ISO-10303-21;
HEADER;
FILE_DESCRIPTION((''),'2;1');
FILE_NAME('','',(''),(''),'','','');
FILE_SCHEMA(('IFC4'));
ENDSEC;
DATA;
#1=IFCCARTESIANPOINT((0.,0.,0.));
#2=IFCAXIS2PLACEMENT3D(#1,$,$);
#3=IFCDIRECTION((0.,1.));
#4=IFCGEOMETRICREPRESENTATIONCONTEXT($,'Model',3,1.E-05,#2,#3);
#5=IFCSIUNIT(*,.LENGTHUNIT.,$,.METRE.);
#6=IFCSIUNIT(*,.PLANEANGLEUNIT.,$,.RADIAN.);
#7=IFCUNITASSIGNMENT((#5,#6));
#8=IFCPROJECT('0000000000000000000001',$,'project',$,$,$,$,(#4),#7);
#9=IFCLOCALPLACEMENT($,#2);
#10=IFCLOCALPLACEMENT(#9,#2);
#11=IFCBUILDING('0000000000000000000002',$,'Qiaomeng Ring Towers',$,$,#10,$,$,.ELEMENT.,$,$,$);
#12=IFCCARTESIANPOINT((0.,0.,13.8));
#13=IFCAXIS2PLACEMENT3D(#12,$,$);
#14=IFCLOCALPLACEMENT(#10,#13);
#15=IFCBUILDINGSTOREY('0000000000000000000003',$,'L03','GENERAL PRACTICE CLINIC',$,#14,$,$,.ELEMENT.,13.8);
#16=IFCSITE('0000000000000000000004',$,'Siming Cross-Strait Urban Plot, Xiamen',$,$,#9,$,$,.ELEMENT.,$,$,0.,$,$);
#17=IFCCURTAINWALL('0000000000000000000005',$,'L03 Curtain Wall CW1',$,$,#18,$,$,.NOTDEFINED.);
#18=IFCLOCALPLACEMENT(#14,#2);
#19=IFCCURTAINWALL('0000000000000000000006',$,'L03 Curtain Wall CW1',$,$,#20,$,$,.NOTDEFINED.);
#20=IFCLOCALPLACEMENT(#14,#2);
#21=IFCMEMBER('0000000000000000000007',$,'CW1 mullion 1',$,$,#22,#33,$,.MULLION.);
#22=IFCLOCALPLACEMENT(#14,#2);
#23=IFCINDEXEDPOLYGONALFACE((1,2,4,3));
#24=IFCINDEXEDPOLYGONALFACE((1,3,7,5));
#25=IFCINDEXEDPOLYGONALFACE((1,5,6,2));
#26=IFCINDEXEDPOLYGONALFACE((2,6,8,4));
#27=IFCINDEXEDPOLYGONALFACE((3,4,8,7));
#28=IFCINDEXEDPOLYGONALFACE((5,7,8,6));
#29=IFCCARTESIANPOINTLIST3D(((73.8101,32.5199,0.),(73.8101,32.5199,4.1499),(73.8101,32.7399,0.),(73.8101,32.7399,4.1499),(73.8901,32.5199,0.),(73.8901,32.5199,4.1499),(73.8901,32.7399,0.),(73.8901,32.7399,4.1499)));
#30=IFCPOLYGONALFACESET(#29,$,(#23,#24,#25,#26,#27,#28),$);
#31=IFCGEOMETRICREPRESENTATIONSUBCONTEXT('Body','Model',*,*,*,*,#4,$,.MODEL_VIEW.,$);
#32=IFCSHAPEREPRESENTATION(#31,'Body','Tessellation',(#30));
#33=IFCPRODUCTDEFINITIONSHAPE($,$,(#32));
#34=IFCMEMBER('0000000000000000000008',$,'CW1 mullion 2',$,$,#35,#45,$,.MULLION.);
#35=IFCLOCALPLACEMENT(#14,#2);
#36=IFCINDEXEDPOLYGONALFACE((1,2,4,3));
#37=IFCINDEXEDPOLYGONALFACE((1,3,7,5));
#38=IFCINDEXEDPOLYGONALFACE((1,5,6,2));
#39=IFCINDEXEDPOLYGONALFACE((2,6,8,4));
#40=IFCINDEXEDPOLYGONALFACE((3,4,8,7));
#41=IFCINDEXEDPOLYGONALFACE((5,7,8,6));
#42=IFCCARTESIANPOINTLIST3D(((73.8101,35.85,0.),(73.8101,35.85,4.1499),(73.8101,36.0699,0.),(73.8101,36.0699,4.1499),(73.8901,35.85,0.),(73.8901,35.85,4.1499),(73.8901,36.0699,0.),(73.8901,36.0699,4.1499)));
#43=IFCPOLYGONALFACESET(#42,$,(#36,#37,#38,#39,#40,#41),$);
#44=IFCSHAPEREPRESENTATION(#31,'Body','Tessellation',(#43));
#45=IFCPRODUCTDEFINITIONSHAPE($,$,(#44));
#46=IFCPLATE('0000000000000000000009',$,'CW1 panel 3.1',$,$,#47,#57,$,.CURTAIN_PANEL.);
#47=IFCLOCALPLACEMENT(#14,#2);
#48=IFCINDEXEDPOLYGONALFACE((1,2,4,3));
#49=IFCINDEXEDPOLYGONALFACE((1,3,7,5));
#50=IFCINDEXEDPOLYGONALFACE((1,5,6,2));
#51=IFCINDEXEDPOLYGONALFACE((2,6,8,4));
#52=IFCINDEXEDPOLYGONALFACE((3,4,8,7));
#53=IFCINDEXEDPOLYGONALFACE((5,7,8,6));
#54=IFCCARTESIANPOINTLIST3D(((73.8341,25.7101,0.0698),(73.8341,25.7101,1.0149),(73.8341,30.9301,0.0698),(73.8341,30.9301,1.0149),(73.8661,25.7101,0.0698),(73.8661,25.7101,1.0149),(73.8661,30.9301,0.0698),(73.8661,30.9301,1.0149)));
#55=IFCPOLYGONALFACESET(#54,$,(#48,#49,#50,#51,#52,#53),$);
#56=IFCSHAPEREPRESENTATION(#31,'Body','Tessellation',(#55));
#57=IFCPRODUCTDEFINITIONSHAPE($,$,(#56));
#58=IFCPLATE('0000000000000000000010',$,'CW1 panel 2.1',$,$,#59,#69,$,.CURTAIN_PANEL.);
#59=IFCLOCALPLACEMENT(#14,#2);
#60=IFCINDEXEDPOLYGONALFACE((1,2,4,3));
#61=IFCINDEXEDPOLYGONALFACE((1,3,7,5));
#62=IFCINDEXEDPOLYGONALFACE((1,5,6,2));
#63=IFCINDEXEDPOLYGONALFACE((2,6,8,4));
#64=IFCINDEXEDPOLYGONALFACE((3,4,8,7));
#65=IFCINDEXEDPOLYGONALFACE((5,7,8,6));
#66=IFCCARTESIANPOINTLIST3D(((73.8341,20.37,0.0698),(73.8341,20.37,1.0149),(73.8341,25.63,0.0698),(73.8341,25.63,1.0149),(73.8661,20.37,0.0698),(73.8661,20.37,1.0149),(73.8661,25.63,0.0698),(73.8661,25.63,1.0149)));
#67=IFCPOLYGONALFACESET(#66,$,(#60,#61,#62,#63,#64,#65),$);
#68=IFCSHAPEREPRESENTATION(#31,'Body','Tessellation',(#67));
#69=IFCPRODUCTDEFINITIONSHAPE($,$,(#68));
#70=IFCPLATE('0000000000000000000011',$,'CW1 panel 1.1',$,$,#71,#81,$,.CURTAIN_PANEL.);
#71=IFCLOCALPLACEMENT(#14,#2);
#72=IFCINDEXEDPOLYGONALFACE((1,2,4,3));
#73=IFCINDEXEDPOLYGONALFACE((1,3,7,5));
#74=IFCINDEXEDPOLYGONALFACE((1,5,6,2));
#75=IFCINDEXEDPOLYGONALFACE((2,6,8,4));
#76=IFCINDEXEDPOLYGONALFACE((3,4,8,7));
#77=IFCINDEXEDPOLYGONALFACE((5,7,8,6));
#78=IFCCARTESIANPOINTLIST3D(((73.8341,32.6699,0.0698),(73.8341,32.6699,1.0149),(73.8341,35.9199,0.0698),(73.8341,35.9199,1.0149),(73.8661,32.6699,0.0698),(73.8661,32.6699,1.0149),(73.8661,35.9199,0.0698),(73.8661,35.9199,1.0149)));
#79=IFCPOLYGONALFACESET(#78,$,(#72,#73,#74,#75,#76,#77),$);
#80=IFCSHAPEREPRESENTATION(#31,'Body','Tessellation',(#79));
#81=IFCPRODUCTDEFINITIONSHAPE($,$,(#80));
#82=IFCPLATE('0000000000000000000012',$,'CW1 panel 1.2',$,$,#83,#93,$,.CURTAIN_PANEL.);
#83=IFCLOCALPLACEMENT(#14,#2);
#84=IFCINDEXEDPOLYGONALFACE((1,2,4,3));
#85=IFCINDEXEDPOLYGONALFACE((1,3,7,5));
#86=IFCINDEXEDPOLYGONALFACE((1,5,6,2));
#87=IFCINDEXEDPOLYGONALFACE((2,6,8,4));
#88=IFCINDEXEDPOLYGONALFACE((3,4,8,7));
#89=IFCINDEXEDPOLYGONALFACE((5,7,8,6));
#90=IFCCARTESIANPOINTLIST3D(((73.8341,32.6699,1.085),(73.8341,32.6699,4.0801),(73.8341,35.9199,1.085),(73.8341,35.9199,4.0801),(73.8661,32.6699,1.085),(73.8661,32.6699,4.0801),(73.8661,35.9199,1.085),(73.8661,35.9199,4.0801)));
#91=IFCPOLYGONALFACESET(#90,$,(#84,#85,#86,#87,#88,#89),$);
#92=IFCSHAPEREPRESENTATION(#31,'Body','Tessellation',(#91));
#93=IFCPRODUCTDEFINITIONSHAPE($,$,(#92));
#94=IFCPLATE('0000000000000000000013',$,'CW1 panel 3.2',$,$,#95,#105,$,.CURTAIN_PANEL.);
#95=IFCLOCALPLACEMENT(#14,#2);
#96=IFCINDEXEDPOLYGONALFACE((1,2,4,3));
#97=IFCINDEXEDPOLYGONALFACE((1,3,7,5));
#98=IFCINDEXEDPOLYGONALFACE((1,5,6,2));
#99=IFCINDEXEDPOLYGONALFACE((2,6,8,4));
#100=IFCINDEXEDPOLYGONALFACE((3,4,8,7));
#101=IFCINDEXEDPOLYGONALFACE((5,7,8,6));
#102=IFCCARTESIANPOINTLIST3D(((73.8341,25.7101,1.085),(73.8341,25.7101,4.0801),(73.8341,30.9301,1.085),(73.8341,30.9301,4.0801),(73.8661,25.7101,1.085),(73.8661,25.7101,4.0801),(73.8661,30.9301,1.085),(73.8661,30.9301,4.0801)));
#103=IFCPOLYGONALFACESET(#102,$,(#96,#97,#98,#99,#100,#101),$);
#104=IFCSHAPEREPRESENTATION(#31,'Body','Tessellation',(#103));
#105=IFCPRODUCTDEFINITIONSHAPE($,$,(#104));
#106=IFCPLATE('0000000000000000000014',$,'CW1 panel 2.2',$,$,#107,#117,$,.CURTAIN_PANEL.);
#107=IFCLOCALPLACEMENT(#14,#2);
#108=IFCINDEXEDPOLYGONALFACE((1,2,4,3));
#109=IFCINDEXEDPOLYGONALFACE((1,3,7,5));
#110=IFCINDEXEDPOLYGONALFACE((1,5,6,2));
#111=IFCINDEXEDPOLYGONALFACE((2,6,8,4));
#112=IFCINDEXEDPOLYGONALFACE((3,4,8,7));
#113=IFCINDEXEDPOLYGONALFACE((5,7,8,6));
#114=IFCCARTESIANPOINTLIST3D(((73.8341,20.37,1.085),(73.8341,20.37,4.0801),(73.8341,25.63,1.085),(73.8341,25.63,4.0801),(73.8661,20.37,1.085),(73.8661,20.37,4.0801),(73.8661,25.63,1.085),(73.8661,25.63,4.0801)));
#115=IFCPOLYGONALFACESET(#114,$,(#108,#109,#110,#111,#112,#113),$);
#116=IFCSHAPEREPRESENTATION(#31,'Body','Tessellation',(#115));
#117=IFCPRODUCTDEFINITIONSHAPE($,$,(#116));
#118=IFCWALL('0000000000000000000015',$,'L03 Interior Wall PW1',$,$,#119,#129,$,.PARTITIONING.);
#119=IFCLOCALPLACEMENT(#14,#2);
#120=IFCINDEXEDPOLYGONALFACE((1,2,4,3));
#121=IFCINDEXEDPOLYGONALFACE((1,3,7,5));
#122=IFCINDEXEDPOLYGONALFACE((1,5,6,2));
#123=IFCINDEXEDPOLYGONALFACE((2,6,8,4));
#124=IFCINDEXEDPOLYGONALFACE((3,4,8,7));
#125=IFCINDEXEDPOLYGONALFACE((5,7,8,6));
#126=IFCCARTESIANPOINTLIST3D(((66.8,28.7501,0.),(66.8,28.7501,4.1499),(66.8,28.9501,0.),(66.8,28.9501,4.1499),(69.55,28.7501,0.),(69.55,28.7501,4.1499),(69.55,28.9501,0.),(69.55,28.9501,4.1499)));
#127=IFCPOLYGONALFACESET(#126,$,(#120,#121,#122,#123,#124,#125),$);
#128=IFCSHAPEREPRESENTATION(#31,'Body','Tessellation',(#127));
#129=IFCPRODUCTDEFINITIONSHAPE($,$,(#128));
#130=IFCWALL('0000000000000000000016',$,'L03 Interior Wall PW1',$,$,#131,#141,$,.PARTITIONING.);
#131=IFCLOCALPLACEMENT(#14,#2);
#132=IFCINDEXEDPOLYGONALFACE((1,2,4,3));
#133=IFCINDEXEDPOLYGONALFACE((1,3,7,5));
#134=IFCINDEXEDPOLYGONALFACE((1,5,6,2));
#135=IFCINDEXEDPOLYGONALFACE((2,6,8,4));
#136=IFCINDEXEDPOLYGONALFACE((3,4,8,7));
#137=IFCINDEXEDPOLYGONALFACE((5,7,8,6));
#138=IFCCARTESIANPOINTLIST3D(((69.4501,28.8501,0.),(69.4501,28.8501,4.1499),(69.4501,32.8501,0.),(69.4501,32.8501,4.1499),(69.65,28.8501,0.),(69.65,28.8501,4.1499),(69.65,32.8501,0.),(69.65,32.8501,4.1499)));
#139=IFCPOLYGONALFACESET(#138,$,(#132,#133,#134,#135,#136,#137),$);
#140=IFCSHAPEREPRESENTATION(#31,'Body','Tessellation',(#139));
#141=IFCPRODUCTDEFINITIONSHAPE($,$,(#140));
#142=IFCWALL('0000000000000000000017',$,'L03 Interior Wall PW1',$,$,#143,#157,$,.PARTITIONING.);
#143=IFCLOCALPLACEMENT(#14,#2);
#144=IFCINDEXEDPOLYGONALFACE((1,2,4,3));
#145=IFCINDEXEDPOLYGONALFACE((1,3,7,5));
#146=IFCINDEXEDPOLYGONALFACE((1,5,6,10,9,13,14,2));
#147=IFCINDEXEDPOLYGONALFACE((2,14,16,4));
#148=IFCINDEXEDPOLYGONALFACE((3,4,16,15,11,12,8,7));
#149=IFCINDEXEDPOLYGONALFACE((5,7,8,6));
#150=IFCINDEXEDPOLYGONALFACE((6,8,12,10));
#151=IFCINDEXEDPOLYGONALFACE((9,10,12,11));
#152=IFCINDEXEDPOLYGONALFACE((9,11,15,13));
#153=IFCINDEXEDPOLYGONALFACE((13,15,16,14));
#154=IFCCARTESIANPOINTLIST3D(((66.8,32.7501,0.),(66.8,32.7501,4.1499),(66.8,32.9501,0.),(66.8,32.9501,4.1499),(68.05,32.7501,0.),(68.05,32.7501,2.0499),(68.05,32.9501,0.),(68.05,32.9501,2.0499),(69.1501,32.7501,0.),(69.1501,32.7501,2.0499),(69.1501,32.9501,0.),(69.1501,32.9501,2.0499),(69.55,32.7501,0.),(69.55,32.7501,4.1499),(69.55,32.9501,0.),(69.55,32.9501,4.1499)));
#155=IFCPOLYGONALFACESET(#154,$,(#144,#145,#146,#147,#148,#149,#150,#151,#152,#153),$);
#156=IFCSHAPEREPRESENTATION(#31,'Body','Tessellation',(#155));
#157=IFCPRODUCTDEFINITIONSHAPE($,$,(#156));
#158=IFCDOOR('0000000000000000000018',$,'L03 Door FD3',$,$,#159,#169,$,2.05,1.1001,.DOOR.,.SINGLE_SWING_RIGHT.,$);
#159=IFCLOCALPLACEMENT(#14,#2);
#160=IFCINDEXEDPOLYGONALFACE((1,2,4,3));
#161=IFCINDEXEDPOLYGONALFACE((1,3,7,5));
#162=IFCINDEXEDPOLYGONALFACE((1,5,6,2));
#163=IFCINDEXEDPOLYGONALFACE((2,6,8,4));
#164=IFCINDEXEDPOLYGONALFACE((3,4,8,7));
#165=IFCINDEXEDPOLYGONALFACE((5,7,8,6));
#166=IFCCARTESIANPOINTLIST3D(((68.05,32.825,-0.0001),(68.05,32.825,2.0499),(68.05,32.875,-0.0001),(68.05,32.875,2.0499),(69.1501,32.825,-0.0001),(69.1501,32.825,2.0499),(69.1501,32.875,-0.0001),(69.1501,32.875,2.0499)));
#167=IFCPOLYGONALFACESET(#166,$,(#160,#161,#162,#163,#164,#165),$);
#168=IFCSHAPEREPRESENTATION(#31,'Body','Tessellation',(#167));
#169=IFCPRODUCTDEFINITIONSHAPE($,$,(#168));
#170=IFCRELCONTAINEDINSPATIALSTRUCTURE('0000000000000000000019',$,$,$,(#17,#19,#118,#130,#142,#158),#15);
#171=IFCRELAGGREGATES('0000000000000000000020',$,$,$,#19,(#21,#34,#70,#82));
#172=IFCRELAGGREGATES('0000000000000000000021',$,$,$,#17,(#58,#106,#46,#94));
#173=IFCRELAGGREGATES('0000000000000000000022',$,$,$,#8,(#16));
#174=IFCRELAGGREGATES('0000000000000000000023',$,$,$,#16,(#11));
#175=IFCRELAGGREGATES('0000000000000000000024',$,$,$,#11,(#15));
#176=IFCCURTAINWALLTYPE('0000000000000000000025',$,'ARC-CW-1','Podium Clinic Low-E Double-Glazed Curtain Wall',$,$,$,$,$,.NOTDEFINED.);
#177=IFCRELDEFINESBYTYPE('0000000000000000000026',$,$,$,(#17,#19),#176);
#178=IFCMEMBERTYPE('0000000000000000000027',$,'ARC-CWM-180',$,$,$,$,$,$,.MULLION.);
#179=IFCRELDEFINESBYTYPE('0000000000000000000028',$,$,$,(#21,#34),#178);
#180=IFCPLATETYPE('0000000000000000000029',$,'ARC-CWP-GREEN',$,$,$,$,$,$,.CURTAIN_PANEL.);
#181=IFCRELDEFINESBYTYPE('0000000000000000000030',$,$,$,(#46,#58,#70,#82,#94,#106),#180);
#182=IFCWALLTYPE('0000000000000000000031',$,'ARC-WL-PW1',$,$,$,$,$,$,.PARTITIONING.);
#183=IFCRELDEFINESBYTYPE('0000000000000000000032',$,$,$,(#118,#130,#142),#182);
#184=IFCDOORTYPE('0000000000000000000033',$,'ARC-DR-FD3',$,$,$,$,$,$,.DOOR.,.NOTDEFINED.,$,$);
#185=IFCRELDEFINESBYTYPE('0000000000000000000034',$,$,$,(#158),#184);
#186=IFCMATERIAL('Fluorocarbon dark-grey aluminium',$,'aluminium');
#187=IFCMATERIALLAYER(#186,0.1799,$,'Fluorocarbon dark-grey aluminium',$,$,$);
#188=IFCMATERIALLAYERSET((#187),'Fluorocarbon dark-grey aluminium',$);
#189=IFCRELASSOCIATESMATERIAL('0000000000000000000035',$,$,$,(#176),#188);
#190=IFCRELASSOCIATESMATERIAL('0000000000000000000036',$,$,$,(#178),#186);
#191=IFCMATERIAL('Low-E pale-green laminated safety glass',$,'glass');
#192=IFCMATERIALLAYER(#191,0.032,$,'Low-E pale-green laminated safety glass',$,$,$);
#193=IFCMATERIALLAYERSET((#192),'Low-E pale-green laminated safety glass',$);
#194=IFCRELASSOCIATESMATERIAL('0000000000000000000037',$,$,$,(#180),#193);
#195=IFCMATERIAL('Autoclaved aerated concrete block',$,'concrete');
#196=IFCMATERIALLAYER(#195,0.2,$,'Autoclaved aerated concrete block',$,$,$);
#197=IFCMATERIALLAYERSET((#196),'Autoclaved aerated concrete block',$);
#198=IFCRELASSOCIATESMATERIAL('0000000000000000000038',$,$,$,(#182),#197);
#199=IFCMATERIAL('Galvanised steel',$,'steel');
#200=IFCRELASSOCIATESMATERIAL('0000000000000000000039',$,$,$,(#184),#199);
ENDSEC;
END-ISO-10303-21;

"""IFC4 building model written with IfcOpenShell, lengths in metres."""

from ifc_helpers import new_model, si_unit, direction, frame, frame_2d, origin, origin_2d, place, context, subcontext, project, spatial, rectangle, extrude, source, transform, mapped, material, layer, layer_set, material_profile, profile_set, type_object, element, fill, aggregate, save


model = new_model("IFC4")

# Units and contexts
model_context = context("Model", 3, precision=1e-05, world=origin(), true_north=direction((0.0, 1.0)))
body_context = subcontext(model_context, "Body", "Model", "MODEL_VIEW")
ifc_project = project(units=[si_unit("LENGTHUNIT", "METRE"), si_unit("PLANEANGLEUNIT", "RADIAN")], contexts=[model_context])

# Site, building, storey
site_placement = place(None, origin())
site = spatial("IfcSite", under=ifc_project, at=site_placement, Name="Siming Cross-Strait Urban Plot, Xiamen", CompositionType="ELEMENT", RefElevation=0.0)
building_placement = place(site_placement, origin())
building = spatial("IfcBuilding", under=site, at=building_placement, Name="Qiaomeng Ring Towers", CompositionType="ELEMENT")
storey_placement = place(building_placement, frame((0.0, 0.0, 13.8)))
storey = spatial("IfcBuildingStorey", under=building, at=storey_placement, Name="L03", Description="GENERAL PRACTICE CLINIC", CompositionType="ELEMENT", Elevation=13.8)

# Curtain walls
ifc_material_1 = material(Name="Fluorocarbon dark-grey aluminium", Category="aluminium")
ifc_layer_1 = layer(ifc_material_1, 0.1799, Name="Fluorocarbon dark-grey aluminium")
ifc_layer_set_1 = layer_set([ifc_layer_1], Name="Fluorocarbon dark-grey aluminium")
curtain_wall_type = type_object("IfcCurtainWallType", Name="ARC-CW-1", Description="Podium Clinic Low-E Double-Glazed Curtain Wall", PredefinedType="NOTDEFINED", material=ifc_layer_set_1)
curtain_wall_1_placement = place(storey_placement, origin())
curtain_wall_1 = element("IfcCurtainWall", 1, at=curtain_wall_1_placement, inside=storey, type_object=curtain_wall_type, Name="L03 Curtain Wall CW1", PredefinedType="NOTDEFINED")
curtain_wall_2_placement = place(storey_placement, origin())
curtain_wall_2 = element("IfcCurtainWall", 2, at=curtain_wall_2_placement, inside=storey, type_object=curtain_wall_type, Name="L03 Curtain Wall CW1", PredefinedType="NOTDEFINED")

# Members
ifc_material_profile_1 = material_profile(ifc_material_1, rectangle(XDim=0.0801, YDim=0.22, at=origin_2d()), Name="ALU MULL 80x220")
ifc_profile_set_1 = profile_set([ifc_material_profile_1], Name="Fluorocarbon dark-grey aluminium")
member_type_1 = type_object("IfcMemberType", Name="ARC-CWM-180", PredefinedType="MULLION", material=ifc_profile_set_1)
shared_shape_1 = source(origin(), body_context, "Body", "SweptSolid", [
    extrude(rectangle(XDim=0.0801, YDim=0.22, at=origin_2d()), origin(), (0.0, 0.0, 1.0), 4.1499),
])
member_1_placement = place(storey_placement, frame((73.8501, 32.6299, 0.0), z_axis=(0.0, 0.0, 1.0), x_axis=(-1.0, 0.0, 0.0)))
member_1 = element("IfcMember", 3, at=member_1_placement, type_object=member_type_1, Name="CW1 mullion 1", PredefinedType="MULLION", context=body_context, shape_type="MappedRepresentation", body=[
    mapped(shared_shape_1, transform((0.0, 0.0, 0.0), x_axis=(1.0, 0.0, 0.0), y_axis=(0.0, 1.0, 0.0), z_axis=(0.0, 0.0, 1.0), scale=1.0)),
])
member_2_placement = place(storey_placement, frame((73.8501, 35.96, 0.0), z_axis=(0.0, 0.0, 1.0), x_axis=(-1.0, 0.0, 0.0)))
member_2 = element("IfcMember", 4, at=member_2_placement, type_object=member_type_1, Name="CW1 mullion 2", PredefinedType="MULLION", context=body_context, shape_type="MappedRepresentation", body=[
    mapped(shared_shape_1, transform((0.0, 0.0, 0.0), x_axis=(1.0, 0.0, 0.0), y_axis=(0.0, 1.0, 0.0), z_axis=(0.0, 0.0, 1.0), scale=1.0)),
])

# Plates
ifc_material_2 = material(Name="Low-E pale-green laminated safety glass", Category="glass")
ifc_layer_2 = layer(ifc_material_2, 0.032, Name="Low-E pale-green laminated safety glass")
ifc_layer_set_2 = layer_set([ifc_layer_2], Name="Low-E pale-green laminated safety glass")
plate_type = type_object("IfcPlateType", Name="ARC-CWP-GREEN", PredefinedType="CURTAIN_PANEL", material=ifc_layer_set_2)
shared_shape_2 = source(origin(), body_context, "Body", "SweptSolid", [
    extrude(rectangle(XDim=5.22, YDim=0.032, at=origin_2d()), origin(), (0.0, 0.0, 1.0), 0.9451),
])
plate_1_placement = place(storey_placement, frame((73.8501, 28.3201, 0.0698), z_axis=(0.0, 0.0, 1.0), x_axis=(0.0, 1.0, 0.0)))
plate_1 = element("IfcPlate", 5, at=plate_1_placement, type_object=plate_type, Name="CW1 panel 3.1", PredefinedType="CURTAIN_PANEL", context=body_context, shape_type="MappedRepresentation", body=[
    mapped(shared_shape_2, transform((0.0, 0.0, 0.0), x_axis=(1.0, 0.0, 0.0), y_axis=(0.0, 1.0, 0.0), z_axis=(0.0, 0.0, 1.0), scale=1.0)),
])
shared_shape_3 = source(origin(), body_context, "Body", "SweptSolid", [
    extrude(rectangle(XDim=5.26, YDim=0.032, at=origin_2d()), origin(), (0.0, 0.0, 1.0), 0.9451),
])
plate_2_placement = place(storey_placement, frame((73.8501, 23.0, 0.0698), z_axis=(0.0, 0.0, 1.0), x_axis=(0.0, 1.0, 0.0)))
plate_2 = element("IfcPlate", 6, at=plate_2_placement, type_object=plate_type, Name="CW1 panel 2.1", PredefinedType="CURTAIN_PANEL", context=body_context, shape_type="MappedRepresentation", body=[
    mapped(shared_shape_3, transform((0.0, 0.0, 0.0), x_axis=(1.0, 0.0, 0.0), y_axis=(0.0, 1.0, 0.0), z_axis=(0.0, 0.0, 1.0), scale=1.0)),
])
shared_shape_4 = source(origin(), body_context, "Body", "SweptSolid", [
    extrude(rectangle(XDim=3.25, YDim=0.032, at=origin_2d()), origin(), (0.0, 0.0, 1.0), 0.9451),
])
plate_3_placement = place(storey_placement, frame((73.8501, 34.2949, 0.0698), z_axis=(0.0, 0.0, 1.0), x_axis=(0.0, 1.0, 0.0)))
plate_3 = element("IfcPlate", 7, at=plate_3_placement, type_object=plate_type, Name="CW1 panel 1.1", PredefinedType="CURTAIN_PANEL", context=body_context, shape_type="MappedRepresentation", body=[
    mapped(shared_shape_4, transform((0.0, 0.0, 0.0), x_axis=(1.0, 0.0, 0.0), y_axis=(0.0, 1.0, 0.0), z_axis=(0.0, 0.0, 1.0), scale=1.0)),
])
shared_shape_5 = source(origin(), body_context, "Body", "SweptSolid", [
    extrude(rectangle(XDim=3.25, YDim=0.032, at=origin_2d()), origin(), (0.0, 0.0, 1.0), 2.9951),
])
plate_4_placement = place(storey_placement, frame((73.8501, 34.2949, 1.085), z_axis=(0.0, 0.0, 1.0), x_axis=(0.0, 1.0, 0.0)))
plate_4 = element("IfcPlate", 8, at=plate_4_placement, type_object=plate_type, Name="CW1 panel 1.2", PredefinedType="CURTAIN_PANEL", context=body_context, shape_type="MappedRepresentation", body=[
    mapped(shared_shape_5, transform((0.0, 0.0, 0.0), x_axis=(1.0, 0.0, 0.0), y_axis=(0.0, 1.0, 0.0), z_axis=(0.0, 0.0, 1.0), scale=1.0)),
])
aggregate(curtain_wall_2, [member_1, member_2, plate_3, plate_4])
shared_shape_6 = source(origin(), body_context, "Body", "SweptSolid", [
    extrude(rectangle(XDim=5.22, YDim=0.032, at=origin_2d()), origin(), (0.0, 0.0, 1.0), 2.9951),
])
plate_5_placement = place(storey_placement, frame((73.8501, 28.3201, 1.085), z_axis=(0.0, 0.0, 1.0), x_axis=(0.0, 1.0, 0.0)))
plate_5 = element("IfcPlate", 9, at=plate_5_placement, type_object=plate_type, Name="CW1 panel 3.2", PredefinedType="CURTAIN_PANEL", context=body_context, shape_type="MappedRepresentation", body=[
    mapped(shared_shape_6, transform((0.0, 0.0, 0.0), x_axis=(1.0, 0.0, 0.0), y_axis=(0.0, 1.0, 0.0), z_axis=(0.0, 0.0, 1.0), scale=1.0)),
])
shared_shape_7 = source(origin(), body_context, "Body", "SweptSolid", [
    extrude(rectangle(XDim=5.26, YDim=0.032, at=origin_2d()), origin(), (0.0, 0.0, 1.0), 2.9951),
])
plate_6_placement = place(storey_placement, frame((73.8501, 23.0, 1.085), z_axis=(0.0, 0.0, 1.0), x_axis=(0.0, 1.0, 0.0)))
plate_6 = element("IfcPlate", 10, at=plate_6_placement, type_object=plate_type, Name="CW1 panel 2.2", PredefinedType="CURTAIN_PANEL", context=body_context, shape_type="MappedRepresentation", body=[
    mapped(shared_shape_7, transform((0.0, 0.0, 0.0), x_axis=(1.0, 0.0, 0.0), y_axis=(0.0, 1.0, 0.0), z_axis=(0.0, 0.0, 1.0), scale=1.0)),
])
aggregate(curtain_wall_1, [plate_2, plate_6, plate_1, plate_5])

# Walls
ifc_material_3 = material(Name="Autoclaved aerated concrete block", Category="concrete")
ifc_layer_3 = layer(ifc_material_3, 0.2, Name="Autoclaved aerated concrete block")
ifc_layer_set_3 = layer_set([ifc_layer_3], Name="Autoclaved aerated concrete block")
wall_type_1 = type_object("IfcWallType", Name="ARC-WL-PW1", PredefinedType="PARTITIONING", material=ifc_layer_set_3)
wall_1_placement = place(storey_placement, frame((66.8, 28.8501, 0.0), z_axis=(0.0, 0.0, 1.0), x_axis=(1.0, 0.0, 0.0)))
element("IfcWall", 11, at=wall_1_placement, inside=storey, type_object=wall_type_1, Name="L03 Interior Wall PW1", PredefinedType="PARTITIONING", context=body_context, shape_type="SweptSolid", body=[
    extrude(rectangle(XDim=2.75, YDim=0.2, at=frame_2d((1.375, 0.0))), origin(), (0.0, 0.0, 1.0), 4.1499),
])
wall_2_placement = place(storey_placement, frame((69.55, 28.8501, 0.0), z_axis=(0.0, 0.0, 1.0), x_axis=(0.0, 1.0, 0.0)))
element("IfcWall", 12, at=wall_2_placement, inside=storey, type_object=wall_type_1, Name="L03 Interior Wall PW1", PredefinedType="PARTITIONING", context=body_context, shape_type="SweptSolid", body=[
    extrude(rectangle(XDim=4.0, YDim=0.2, at=frame_2d((2.0, 0.0))), origin(), (0.0, 0.0, 1.0), 4.1499),
])

# Wall, opening, door
wall_3_placement = place(storey_placement, frame((66.8, 32.8501, 0.0), z_axis=(0.0, 0.0, 1.0), x_axis=(1.0, 0.0, 0.0)))
wall_3 = element("IfcWall", 13, at=wall_3_placement, inside=storey, type_object=wall_type_1, Name="L03 Interior Wall PW1", PredefinedType="PARTITIONING", context=body_context, shape_type="SweptSolid", body=[
    extrude(rectangle(XDim=2.75, YDim=0.2, at=frame_2d((1.375, 0.0))), origin(), (0.0, 0.0, 1.0), 4.1499),
])
opening_placement = place(wall_3_placement, frame((1.25, 0.0, 0.0)))
opening = element("IfcOpeningElement", 14, at=opening_placement, cuts=wall_3, PredefinedType="OPENING", context=body_context, shape_type="SweptSolid", body=[
    extrude(rectangle(XDim=1.1001, YDim=2.05, at=frame_2d((0.55, 1.0249))), frame((0.0, 0.1099, 0.0), z_axis=(0.0, -1.0, 0.0), x_axis=(1.0, 0.0, 0.0)), (0.0, 0.0, 1.0), 0.22),
])
ifc_material_4 = material(Name="Galvanised steel", Category="steel")
door_type = type_object("IfcDoorType", Name="ARC-DR-FD3", OperationType="NOTDEFINED", PredefinedType="DOOR", material=ifc_material_4)
shared_shape_8 = source(origin(), body_context, "Body", "SweptSolid", [
    extrude(rectangle(XDim=1.1001, YDim=2.05, at=frame_2d((0.55, 1.0249))), frame((0.0, 0.0249, 0.0), z_axis=(0.0, -1.0, 0.0), x_axis=(1.0, 0.0, 0.0)), (0.0, 0.0, 1.0), 0.05),
])
door_placement = place(opening_placement, origin())
door = element("IfcDoor", 15, at=door_placement, inside=storey, type_object=door_type, Name="L03 Door FD3", OperationType="SINGLE_SWING_RIGHT", OverallHeight=2.05, OverallWidth=1.1001, PredefinedType="DOOR", context=body_context, shape_type="MappedRepresentation", body=[
    mapped(shared_shape_8, transform((0.0, 0.0, 0.0), x_axis=(1.0, 0.0, 0.0), y_axis=(0.0, 1.0, 0.0), z_axis=(0.0, 0.0, 1.0), scale=1.0)),
])
fill(opening, door)

save(model, "model.ifc")
